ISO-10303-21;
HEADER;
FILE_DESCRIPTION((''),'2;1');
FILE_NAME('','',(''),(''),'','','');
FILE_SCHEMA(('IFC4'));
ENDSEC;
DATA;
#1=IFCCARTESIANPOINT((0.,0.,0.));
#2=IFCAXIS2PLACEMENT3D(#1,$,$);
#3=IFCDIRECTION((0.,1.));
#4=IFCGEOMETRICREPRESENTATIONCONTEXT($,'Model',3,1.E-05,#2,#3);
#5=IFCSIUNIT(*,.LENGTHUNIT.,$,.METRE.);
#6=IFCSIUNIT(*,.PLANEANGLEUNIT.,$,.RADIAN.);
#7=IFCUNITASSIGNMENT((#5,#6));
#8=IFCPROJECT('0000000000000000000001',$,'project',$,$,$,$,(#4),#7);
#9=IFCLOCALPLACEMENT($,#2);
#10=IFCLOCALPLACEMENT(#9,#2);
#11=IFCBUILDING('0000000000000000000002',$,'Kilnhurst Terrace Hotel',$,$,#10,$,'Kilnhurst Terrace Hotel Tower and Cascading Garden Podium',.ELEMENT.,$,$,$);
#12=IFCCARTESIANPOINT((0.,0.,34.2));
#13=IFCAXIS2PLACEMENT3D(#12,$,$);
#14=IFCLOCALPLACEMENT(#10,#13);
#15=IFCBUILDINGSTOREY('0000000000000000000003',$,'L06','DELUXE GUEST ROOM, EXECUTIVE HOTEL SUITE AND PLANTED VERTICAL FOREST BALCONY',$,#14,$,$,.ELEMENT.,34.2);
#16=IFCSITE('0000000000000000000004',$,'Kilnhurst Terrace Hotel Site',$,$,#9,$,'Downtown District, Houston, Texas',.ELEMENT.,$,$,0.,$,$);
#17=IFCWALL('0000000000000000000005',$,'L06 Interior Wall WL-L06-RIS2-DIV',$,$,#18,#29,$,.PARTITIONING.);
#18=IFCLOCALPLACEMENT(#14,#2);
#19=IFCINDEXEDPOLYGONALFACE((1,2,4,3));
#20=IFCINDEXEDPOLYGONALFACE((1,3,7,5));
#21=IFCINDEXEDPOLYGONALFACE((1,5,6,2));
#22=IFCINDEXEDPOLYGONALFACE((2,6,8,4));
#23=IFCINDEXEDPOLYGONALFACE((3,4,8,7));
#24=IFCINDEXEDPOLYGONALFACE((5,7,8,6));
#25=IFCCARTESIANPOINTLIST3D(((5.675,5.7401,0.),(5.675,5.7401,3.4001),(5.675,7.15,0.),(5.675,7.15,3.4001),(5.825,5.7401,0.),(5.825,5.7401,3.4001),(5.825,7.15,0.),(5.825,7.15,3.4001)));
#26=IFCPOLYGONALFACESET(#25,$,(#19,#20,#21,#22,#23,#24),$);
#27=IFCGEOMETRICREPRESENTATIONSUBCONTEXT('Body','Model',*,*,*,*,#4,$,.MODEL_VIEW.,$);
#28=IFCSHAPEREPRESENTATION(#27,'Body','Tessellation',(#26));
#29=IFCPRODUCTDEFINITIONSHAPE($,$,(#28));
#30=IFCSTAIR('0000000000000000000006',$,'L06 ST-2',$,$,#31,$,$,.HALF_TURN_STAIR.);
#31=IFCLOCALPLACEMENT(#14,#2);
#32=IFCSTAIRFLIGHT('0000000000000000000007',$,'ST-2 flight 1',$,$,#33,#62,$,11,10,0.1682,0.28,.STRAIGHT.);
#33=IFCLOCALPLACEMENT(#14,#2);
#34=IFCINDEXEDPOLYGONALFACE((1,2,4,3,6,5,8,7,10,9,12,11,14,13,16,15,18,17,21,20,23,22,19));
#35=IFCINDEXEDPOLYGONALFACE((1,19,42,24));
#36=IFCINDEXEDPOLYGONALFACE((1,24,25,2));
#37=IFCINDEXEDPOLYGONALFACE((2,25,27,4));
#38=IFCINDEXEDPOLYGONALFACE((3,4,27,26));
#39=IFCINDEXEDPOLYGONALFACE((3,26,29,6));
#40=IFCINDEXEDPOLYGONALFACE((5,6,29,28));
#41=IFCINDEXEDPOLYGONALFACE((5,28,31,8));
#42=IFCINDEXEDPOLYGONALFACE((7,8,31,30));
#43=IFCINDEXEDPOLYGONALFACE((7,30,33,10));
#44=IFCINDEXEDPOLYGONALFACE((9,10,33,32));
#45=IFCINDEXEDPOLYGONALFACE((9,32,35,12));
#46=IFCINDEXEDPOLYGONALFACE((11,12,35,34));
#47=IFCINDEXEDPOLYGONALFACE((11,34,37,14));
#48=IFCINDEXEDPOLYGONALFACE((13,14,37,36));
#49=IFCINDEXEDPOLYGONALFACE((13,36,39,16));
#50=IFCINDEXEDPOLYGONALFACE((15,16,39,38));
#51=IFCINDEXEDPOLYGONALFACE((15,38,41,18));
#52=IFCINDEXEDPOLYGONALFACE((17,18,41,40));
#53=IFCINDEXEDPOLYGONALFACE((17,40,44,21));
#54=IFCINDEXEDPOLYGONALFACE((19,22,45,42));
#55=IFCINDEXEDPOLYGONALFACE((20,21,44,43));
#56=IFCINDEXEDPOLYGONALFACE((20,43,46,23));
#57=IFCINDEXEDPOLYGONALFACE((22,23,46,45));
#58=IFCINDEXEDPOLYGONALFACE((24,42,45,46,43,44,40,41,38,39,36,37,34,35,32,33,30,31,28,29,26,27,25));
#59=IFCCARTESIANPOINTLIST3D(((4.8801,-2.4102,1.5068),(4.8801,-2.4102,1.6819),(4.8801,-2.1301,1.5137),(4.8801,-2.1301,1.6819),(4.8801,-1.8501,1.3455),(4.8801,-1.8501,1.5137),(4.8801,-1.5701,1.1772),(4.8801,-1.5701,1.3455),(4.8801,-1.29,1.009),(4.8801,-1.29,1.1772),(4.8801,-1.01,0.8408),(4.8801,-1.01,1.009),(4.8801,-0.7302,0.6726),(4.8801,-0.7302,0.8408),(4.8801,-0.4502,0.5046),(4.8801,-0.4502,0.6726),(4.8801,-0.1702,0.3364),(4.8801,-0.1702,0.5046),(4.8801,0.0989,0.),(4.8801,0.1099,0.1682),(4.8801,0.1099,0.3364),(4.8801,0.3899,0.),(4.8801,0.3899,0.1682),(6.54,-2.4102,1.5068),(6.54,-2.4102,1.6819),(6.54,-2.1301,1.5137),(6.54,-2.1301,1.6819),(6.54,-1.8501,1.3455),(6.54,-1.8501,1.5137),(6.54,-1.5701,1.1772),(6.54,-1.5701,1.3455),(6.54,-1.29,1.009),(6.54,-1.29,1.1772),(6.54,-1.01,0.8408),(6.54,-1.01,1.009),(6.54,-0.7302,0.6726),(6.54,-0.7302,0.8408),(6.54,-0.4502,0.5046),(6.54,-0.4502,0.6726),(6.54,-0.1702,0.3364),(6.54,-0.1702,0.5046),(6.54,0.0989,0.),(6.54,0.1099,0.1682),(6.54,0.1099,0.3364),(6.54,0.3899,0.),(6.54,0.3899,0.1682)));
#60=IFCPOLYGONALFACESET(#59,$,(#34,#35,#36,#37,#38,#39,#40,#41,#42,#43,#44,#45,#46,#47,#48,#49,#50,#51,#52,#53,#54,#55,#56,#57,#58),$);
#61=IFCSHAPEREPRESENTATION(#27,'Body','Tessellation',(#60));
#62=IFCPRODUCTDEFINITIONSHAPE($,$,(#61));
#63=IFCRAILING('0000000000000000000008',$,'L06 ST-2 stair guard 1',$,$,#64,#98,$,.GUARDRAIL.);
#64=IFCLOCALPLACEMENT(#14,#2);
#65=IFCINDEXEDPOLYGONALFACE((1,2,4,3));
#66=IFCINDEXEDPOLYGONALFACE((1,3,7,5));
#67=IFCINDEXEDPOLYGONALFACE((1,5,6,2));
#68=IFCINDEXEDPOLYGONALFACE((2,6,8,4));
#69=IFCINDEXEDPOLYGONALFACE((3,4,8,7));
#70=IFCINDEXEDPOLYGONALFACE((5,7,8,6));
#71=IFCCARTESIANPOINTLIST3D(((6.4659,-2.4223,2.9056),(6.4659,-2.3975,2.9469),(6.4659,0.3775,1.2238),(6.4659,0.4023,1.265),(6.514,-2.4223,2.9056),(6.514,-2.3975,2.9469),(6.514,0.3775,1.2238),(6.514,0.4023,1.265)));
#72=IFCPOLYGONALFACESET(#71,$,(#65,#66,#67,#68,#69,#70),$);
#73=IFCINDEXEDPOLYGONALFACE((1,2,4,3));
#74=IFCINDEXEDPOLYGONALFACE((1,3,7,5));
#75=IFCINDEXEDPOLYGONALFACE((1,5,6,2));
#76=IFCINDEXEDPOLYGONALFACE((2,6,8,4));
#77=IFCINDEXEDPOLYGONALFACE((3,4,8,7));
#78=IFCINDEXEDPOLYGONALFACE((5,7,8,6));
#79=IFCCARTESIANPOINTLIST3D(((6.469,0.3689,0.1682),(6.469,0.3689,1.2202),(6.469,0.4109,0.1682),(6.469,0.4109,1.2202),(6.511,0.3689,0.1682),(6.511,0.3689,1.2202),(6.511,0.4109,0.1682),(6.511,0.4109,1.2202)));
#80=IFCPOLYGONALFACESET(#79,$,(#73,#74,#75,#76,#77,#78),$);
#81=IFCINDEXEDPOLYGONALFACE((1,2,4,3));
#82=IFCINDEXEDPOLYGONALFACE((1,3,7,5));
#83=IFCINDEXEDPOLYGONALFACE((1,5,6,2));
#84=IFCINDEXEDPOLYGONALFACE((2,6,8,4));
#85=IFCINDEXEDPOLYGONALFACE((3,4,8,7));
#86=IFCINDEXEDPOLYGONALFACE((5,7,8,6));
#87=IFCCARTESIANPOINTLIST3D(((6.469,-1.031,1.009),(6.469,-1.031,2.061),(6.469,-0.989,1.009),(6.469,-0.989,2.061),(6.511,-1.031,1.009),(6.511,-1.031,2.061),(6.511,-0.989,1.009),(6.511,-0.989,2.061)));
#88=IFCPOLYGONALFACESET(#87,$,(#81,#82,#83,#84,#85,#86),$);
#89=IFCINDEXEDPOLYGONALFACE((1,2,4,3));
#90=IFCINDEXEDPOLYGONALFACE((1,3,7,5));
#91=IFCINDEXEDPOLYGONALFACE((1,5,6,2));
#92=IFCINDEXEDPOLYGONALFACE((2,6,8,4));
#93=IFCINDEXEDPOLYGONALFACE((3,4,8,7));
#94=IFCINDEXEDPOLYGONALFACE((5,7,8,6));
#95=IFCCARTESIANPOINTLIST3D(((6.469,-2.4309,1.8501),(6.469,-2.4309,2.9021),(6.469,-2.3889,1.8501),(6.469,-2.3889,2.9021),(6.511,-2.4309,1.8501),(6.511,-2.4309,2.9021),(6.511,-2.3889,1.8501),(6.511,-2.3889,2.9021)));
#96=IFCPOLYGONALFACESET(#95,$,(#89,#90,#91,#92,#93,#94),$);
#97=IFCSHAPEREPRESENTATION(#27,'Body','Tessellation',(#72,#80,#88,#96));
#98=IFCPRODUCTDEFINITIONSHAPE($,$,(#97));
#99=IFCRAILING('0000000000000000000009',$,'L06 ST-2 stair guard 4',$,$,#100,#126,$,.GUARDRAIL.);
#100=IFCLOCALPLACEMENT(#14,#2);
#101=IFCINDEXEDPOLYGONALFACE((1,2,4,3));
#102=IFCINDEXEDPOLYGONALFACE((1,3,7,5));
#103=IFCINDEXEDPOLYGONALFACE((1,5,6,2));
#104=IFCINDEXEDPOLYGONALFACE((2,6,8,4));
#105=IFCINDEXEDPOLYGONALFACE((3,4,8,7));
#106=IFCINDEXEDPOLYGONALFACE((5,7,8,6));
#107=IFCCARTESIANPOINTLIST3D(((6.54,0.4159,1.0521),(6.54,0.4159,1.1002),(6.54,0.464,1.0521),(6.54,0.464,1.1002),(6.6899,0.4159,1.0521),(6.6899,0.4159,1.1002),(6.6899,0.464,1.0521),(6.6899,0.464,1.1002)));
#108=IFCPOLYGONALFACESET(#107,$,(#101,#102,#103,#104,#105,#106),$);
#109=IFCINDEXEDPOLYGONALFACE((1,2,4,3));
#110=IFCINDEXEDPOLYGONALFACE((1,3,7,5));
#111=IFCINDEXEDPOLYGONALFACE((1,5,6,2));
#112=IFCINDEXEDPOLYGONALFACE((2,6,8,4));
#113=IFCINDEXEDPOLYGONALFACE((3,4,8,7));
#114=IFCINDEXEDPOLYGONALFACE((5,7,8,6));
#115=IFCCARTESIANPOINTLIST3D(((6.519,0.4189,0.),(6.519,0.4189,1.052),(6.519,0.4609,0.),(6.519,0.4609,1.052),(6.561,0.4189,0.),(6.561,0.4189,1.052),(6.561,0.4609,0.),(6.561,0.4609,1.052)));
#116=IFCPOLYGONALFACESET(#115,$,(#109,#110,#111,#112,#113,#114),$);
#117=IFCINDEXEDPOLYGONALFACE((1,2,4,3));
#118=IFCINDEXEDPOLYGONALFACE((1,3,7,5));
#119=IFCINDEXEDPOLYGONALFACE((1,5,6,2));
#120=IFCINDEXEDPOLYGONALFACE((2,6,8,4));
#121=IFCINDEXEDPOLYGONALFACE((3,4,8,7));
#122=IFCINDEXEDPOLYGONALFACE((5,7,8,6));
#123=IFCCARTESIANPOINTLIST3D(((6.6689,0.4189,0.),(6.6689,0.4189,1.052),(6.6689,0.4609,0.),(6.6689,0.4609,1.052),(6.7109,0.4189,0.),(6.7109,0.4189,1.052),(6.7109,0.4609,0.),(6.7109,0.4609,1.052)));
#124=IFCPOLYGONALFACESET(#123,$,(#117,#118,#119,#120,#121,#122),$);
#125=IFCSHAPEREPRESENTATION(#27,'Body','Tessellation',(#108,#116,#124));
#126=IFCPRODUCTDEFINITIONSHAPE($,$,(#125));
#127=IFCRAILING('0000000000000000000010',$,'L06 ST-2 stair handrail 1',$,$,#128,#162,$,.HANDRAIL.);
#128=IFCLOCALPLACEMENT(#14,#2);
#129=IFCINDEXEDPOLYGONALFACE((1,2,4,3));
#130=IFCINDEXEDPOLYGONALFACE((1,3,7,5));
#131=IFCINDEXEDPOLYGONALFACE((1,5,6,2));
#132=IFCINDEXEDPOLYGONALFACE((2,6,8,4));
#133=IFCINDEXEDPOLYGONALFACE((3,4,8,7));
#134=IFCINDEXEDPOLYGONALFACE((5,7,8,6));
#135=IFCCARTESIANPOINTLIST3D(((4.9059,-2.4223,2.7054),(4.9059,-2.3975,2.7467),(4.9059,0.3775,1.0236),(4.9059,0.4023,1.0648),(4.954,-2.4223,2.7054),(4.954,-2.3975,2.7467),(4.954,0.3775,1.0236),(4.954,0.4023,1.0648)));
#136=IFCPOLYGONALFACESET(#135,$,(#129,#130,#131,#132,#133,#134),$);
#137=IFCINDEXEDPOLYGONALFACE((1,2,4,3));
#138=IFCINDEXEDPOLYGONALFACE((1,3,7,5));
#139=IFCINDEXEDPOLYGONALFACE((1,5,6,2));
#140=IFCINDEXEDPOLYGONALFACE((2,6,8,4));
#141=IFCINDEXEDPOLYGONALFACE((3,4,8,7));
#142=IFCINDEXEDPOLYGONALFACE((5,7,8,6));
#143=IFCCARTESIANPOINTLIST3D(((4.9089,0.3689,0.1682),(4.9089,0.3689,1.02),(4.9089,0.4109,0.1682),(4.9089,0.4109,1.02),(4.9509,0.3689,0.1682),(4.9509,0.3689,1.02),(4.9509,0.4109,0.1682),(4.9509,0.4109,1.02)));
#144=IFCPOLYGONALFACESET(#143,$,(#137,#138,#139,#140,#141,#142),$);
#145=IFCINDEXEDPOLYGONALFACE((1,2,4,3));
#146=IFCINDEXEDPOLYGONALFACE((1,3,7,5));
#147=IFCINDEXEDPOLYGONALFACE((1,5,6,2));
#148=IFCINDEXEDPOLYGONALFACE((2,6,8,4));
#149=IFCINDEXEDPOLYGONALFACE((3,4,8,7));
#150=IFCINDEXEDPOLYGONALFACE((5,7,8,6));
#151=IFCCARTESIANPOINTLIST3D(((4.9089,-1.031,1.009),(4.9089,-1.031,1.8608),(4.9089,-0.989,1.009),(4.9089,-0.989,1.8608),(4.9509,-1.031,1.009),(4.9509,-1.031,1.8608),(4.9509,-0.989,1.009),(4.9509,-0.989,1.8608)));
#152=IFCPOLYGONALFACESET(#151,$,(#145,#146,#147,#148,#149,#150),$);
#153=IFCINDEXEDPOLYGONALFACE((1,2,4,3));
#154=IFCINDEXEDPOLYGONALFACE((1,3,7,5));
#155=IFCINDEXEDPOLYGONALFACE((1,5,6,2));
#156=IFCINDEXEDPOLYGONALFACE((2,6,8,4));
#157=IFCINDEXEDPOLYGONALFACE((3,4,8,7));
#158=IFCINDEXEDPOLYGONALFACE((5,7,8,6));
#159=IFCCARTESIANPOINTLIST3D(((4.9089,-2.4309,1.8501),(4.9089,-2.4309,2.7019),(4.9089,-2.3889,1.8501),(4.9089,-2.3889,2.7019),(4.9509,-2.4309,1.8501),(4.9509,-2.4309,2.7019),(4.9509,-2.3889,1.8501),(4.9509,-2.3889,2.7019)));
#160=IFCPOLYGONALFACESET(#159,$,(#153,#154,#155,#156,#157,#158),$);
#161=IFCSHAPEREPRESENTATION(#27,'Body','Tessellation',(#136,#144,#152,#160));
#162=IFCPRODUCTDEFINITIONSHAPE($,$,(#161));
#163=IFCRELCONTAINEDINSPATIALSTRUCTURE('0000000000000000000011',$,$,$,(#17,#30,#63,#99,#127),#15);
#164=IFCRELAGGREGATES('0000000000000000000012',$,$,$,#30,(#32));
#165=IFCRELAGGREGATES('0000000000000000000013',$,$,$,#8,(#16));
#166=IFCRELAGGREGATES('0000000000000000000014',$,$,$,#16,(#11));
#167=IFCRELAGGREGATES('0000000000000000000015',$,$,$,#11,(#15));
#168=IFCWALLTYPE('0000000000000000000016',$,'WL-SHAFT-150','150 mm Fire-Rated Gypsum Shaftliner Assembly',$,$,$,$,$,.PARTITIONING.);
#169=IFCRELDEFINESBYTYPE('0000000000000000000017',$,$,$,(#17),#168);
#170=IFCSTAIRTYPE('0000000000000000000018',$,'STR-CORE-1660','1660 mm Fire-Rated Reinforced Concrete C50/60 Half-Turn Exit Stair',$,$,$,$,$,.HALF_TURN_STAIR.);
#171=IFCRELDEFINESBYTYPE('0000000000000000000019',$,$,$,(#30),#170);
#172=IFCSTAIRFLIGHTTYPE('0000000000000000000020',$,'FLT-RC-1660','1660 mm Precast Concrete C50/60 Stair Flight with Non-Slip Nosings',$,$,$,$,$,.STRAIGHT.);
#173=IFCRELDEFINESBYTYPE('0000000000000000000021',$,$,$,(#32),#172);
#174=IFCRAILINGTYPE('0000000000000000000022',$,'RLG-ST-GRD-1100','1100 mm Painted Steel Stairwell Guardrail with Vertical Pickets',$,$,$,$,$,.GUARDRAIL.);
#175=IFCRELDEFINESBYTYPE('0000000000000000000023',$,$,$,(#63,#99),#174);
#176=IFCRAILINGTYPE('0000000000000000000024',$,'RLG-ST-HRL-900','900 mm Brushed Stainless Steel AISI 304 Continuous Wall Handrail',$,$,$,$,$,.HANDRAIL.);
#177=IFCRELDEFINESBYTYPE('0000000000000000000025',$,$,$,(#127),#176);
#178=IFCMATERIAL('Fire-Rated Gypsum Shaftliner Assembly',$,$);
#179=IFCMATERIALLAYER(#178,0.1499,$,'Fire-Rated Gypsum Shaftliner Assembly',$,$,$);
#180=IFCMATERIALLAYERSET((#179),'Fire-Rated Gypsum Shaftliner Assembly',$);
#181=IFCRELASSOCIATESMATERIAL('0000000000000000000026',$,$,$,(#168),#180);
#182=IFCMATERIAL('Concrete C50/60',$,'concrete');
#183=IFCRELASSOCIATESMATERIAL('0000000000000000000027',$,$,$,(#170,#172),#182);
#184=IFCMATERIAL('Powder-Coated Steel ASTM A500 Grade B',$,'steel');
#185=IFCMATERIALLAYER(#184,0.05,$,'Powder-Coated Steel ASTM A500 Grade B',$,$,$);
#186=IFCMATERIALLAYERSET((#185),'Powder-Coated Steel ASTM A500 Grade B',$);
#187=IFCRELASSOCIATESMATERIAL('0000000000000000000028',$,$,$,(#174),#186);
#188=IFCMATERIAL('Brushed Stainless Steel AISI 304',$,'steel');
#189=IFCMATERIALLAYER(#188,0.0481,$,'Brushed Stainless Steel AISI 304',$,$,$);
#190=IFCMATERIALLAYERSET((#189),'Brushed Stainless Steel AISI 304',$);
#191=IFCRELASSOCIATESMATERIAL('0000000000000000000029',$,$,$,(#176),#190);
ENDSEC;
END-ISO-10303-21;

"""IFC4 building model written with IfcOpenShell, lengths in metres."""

from ifc_helpers import new_model, si_unit, direction, frame, frame_2d, origin, origin_2d, place, context, subcontext, project, spatial, polyline, rectangle, outline, extrude, material, layer, layer_set, type_object, element, aggregate, save


model = new_model("IFC4")

# Units and contexts
model_context = context("Model", 3, precision=1e-05, world=origin(), true_north=direction((0.0, 1.0)))
body_context = subcontext(model_context, "Body", "Model", "MODEL_VIEW")
ifc_project = project(units=[si_unit("LENGTHUNIT", "METRE"), si_unit("PLANEANGLEUNIT", "RADIAN")], contexts=[model_context])

# Site, building, storey
site_placement = place(None, origin())
site = spatial("IfcSite", under=ifc_project, at=site_placement, Name="Kilnhurst Terrace Hotel Site", LongName="Downtown District, Houston, Texas", CompositionType="ELEMENT", RefElevation=0.0)
building_placement = place(site_placement, origin())
building = spatial("IfcBuilding", under=site, at=building_placement, Name="Kilnhurst Terrace Hotel", LongName="Kilnhurst Terrace Hotel Tower and Cascading Garden Podium", CompositionType="ELEMENT")
storey_placement = place(building_placement, frame((0.0, 0.0, 34.2)))
storey = spatial("IfcBuildingStorey", under=building, at=storey_placement, Name="L06", Description="DELUXE GUEST ROOM, EXECUTIVE HOTEL SUITE AND PLANTED VERTICAL FOREST BALCONY", CompositionType="ELEMENT", Elevation=34.2)

# Shared definitions
ifc_material_1 = material(Name="Concrete C50/60", Category="concrete")

# Wall
ifc_material_2 = material(Name="Fire-Rated Gypsum Shaftliner Assembly")
ifc_layer_1 = layer(ifc_material_2, 0.1499, Name="Fire-Rated Gypsum Shaftliner Assembly")
ifc_layer_set_1 = layer_set([ifc_layer_1], Name="Fire-Rated Gypsum Shaftliner Assembly")
wall_type_1 = type_object("IfcWallType", Name="WL-SHAFT-150", Description="150 mm Fire-Rated Gypsum Shaftliner Assembly", PredefinedType="PARTITIONING", material=ifc_layer_set_1)
wall_1_placement = place(storey_placement, frame((5.75, 5.74, 0.0), z_axis=(0.0, 0.0, 1.0), x_axis=(0.0, 1.0, 0.0)))
element("IfcWall", 1, at=wall_1_placement, inside=storey, type_object=wall_type_1, Name="L06 Interior Wall WL-L06-RIS2-DIV", PredefinedType="PARTITIONING", context=body_context, shape_type="SweptSolid", body=[
    extrude(rectangle(XDim=1.4099, YDim=0.1499, at=frame_2d((0.7051, 0.0))), origin(), (0.0, 0.0, 1.0), 3.4001),
])

# Stair, stair flight
stair_type = type_object("IfcStairType", Name="STR-CORE-1660", Description="1660 mm Fire-Rated Reinforced Concrete C50/60 Half-Turn Exit Stair", PredefinedType="HALF_TURN_STAIR", material=ifc_material_1)
stair_placement = place(storey_placement, origin())
stair = element("IfcStair", 2, at=stair_placement, inside=storey, type_object=stair_type, Name="L06 ST-2", PredefinedType="HALF_TURN_STAIR")
stair_flight_type = type_object("IfcStairFlightType", Name="FLT-RC-1660", Description="1660 mm Precast Concrete C50/60 Stair Flight with Non-Slip Nosings", PredefinedType="STRAIGHT", material=ifc_material_1)
stair_flight_placement = place(storey_placement, frame((5.71, 0.3899, 0.0), z_axis=(0.0, 0.0, 1.0), x_axis=(0.0, -1.0, 0.0)))
stair_flight = element("IfcStairFlight", 3, at=stair_flight_placement, type_object=stair_flight_type, Name="ST-2 flight 1", NumberOfRisers=11, NumberOfTreads=10, PredefinedType="STRAIGHT", RiserHeight=0.1682, TreadLength=0.28, context=body_context, shape_type="SweptSolid", body=[
    extrude(outline(polyline([(0.0, 0.0), (0.0, 0.1682), (0.28, 0.1682), (0.28, 0.3364), (0.5601, 0.3364), (0.5601, 0.5046), (0.8401, 0.5046), (0.8401, 0.6726), (1.1201, 0.6726), (1.1201, 0.8408), (1.3999, 0.8408), (1.3999, 1.009), (1.6799, 1.009), (1.6799, 1.1772), (1.96, 1.1772), (1.96, 1.3455), (2.24, 1.3455), (2.24, 1.5137), (2.52, 1.5137), (2.52, 1.6819), (2.8, 1.6819), (2.8, 1.8501), (2.8, 1.5068), (0.291, 0.0), (0.0, 0.0)])), frame((0.0, 0.8301, 0.0), z_axis=(0.0, -1.0, 0.0), x_axis=(1.0, 0.0, 0.0)), (0.0, 0.0, 1.0), 1.6599),
])
aggregate(stair, [stair_flight])

# Railings
ifc_material_3 = material(Name="Powder-Coated Steel ASTM A500 Grade B", Category="steel")
ifc_layer_2 = layer(ifc_material_3, 0.05, Name="Powder-Coated Steel ASTM A500 Grade B")
ifc_layer_set_2 = layer_set([ifc_layer_2], Name="Powder-Coated Steel ASTM A500 Grade B")
railing_type_1 = type_object("IfcRailingType", Name="RLG-ST-GRD-1100", Description="1100 mm Painted Steel Stairwell Guardrail with Vertical Pickets", PredefinedType="GUARDRAIL", material=ifc_layer_set_2)
railing_1_placement = place(storey_placement, frame((6.49, 0.3899, 0.1682)))
element("IfcRailing", 4, at=railing_1_placement, inside=storey, type_object=railing_type_1, Name="L06 ST-2 stair guard 1", PredefinedType="GUARDRAIL", context=body_context, shape_type="SweptSolid", body=[
    extrude(rectangle(XDim=0.0481, YDim=0.0481, at=origin_2d()), frame((0.0, 0.0, 1.0762), z_axis=(0.0, -0.857222, 0.514946), x_axis=(1.0, 0.0, 0.0)), (0.0, 0.0, 1.0), 3.2661),
    extrude(rectangle(XDim=0.042, YDim=0.042, at=origin_2d()), origin(), (0.0, 0.0, 1.0), 1.052),
    extrude(rectangle(XDim=0.042, YDim=0.042, at=origin_2d()), frame((0.0, -1.3999, 0.8408)), (0.0, 0.0, 1.0), 1.052),
    extrude(rectangle(XDim=0.042, YDim=0.042, at=origin_2d()), frame((0.0, -2.7998, 1.6819)), (0.0, 0.0, 1.0), 1.052),
])
railing_2_placement = place(storey_placement, frame((6.54, 0.4399, 0.0)))
element("IfcRailing", 5, at=railing_2_placement, inside=storey, type_object=railing_type_1, Name="L06 ST-2 stair guard 4", PredefinedType="GUARDRAIL", context=body_context, shape_type="SweptSolid", body=[
    extrude(rectangle(XDim=0.0481, YDim=0.0481, at=origin_2d()), frame((0.0, 0.0, 1.0762), z_axis=(1.0, 0.0, 0.0), x_axis=(0.0, 1.0, 0.0)), (0.0, 0.0, 1.0), 0.1499),
    extrude(rectangle(XDim=0.042, YDim=0.042, at=origin_2d()), origin(), (0.0, 0.0, 1.0), 1.052),
    extrude(rectangle(XDim=0.042, YDim=0.042, at=origin_2d()), frame((0.1499, 0.0, 0.0)), (0.0, 0.0, 1.0), 1.052),
])
ifc_material_4 = material(Name="Brushed Stainless Steel AISI 304", Category="steel")
ifc_layer_3 = layer(ifc_material_4, 0.0481, Name="Brushed Stainless Steel AISI 304")
ifc_layer_set_3 = layer_set([ifc_layer_3], Name="Brushed Stainless Steel AISI 304")
railing_type_2 = type_object("IfcRailingType", Name="RLG-ST-HRL-900", Description="900 mm Brushed Stainless Steel AISI 304 Continuous Wall Handrail", PredefinedType="HANDRAIL", material=ifc_layer_set_3)
railing_3_placement = place(storey_placement, frame((4.9299, 0.3899, 0.1682)))
element("IfcRailing", 6, at=railing_3_placement, inside=storey, type_object=railing_type_2, Name="L06 ST-2 stair handrail 1", PredefinedType="HANDRAIL", context=body_context, shape_type="SweptSolid", body=[
    extrude(rectangle(XDim=0.0481, YDim=0.0481, at=origin_2d()), frame((0.0, 0.0, 0.876), z_axis=(0.0, -0.857222, 0.514946), x_axis=(1.0, 0.0, 0.0)), (0.0, 0.0, 1.0), 3.2661),
    extrude(rectangle(XDim=0.042, YDim=0.042, at=origin_2d()), origin(), (0.0, 0.0, 1.0), 0.8518),
    extrude(rectangle(XDim=0.042, YDim=0.042, at=origin_2d()), frame((0.0, -1.3999, 0.8408)), (0.0, 0.0, 1.0), 0.8518),
    extrude(rectangle(XDim=0.042, YDim=0.042, at=origin_2d()), frame((0.0, -2.7998, 1.6819)), (0.0, 0.0, 1.0), 0.8518),
])

save(model, "model.ifc")
